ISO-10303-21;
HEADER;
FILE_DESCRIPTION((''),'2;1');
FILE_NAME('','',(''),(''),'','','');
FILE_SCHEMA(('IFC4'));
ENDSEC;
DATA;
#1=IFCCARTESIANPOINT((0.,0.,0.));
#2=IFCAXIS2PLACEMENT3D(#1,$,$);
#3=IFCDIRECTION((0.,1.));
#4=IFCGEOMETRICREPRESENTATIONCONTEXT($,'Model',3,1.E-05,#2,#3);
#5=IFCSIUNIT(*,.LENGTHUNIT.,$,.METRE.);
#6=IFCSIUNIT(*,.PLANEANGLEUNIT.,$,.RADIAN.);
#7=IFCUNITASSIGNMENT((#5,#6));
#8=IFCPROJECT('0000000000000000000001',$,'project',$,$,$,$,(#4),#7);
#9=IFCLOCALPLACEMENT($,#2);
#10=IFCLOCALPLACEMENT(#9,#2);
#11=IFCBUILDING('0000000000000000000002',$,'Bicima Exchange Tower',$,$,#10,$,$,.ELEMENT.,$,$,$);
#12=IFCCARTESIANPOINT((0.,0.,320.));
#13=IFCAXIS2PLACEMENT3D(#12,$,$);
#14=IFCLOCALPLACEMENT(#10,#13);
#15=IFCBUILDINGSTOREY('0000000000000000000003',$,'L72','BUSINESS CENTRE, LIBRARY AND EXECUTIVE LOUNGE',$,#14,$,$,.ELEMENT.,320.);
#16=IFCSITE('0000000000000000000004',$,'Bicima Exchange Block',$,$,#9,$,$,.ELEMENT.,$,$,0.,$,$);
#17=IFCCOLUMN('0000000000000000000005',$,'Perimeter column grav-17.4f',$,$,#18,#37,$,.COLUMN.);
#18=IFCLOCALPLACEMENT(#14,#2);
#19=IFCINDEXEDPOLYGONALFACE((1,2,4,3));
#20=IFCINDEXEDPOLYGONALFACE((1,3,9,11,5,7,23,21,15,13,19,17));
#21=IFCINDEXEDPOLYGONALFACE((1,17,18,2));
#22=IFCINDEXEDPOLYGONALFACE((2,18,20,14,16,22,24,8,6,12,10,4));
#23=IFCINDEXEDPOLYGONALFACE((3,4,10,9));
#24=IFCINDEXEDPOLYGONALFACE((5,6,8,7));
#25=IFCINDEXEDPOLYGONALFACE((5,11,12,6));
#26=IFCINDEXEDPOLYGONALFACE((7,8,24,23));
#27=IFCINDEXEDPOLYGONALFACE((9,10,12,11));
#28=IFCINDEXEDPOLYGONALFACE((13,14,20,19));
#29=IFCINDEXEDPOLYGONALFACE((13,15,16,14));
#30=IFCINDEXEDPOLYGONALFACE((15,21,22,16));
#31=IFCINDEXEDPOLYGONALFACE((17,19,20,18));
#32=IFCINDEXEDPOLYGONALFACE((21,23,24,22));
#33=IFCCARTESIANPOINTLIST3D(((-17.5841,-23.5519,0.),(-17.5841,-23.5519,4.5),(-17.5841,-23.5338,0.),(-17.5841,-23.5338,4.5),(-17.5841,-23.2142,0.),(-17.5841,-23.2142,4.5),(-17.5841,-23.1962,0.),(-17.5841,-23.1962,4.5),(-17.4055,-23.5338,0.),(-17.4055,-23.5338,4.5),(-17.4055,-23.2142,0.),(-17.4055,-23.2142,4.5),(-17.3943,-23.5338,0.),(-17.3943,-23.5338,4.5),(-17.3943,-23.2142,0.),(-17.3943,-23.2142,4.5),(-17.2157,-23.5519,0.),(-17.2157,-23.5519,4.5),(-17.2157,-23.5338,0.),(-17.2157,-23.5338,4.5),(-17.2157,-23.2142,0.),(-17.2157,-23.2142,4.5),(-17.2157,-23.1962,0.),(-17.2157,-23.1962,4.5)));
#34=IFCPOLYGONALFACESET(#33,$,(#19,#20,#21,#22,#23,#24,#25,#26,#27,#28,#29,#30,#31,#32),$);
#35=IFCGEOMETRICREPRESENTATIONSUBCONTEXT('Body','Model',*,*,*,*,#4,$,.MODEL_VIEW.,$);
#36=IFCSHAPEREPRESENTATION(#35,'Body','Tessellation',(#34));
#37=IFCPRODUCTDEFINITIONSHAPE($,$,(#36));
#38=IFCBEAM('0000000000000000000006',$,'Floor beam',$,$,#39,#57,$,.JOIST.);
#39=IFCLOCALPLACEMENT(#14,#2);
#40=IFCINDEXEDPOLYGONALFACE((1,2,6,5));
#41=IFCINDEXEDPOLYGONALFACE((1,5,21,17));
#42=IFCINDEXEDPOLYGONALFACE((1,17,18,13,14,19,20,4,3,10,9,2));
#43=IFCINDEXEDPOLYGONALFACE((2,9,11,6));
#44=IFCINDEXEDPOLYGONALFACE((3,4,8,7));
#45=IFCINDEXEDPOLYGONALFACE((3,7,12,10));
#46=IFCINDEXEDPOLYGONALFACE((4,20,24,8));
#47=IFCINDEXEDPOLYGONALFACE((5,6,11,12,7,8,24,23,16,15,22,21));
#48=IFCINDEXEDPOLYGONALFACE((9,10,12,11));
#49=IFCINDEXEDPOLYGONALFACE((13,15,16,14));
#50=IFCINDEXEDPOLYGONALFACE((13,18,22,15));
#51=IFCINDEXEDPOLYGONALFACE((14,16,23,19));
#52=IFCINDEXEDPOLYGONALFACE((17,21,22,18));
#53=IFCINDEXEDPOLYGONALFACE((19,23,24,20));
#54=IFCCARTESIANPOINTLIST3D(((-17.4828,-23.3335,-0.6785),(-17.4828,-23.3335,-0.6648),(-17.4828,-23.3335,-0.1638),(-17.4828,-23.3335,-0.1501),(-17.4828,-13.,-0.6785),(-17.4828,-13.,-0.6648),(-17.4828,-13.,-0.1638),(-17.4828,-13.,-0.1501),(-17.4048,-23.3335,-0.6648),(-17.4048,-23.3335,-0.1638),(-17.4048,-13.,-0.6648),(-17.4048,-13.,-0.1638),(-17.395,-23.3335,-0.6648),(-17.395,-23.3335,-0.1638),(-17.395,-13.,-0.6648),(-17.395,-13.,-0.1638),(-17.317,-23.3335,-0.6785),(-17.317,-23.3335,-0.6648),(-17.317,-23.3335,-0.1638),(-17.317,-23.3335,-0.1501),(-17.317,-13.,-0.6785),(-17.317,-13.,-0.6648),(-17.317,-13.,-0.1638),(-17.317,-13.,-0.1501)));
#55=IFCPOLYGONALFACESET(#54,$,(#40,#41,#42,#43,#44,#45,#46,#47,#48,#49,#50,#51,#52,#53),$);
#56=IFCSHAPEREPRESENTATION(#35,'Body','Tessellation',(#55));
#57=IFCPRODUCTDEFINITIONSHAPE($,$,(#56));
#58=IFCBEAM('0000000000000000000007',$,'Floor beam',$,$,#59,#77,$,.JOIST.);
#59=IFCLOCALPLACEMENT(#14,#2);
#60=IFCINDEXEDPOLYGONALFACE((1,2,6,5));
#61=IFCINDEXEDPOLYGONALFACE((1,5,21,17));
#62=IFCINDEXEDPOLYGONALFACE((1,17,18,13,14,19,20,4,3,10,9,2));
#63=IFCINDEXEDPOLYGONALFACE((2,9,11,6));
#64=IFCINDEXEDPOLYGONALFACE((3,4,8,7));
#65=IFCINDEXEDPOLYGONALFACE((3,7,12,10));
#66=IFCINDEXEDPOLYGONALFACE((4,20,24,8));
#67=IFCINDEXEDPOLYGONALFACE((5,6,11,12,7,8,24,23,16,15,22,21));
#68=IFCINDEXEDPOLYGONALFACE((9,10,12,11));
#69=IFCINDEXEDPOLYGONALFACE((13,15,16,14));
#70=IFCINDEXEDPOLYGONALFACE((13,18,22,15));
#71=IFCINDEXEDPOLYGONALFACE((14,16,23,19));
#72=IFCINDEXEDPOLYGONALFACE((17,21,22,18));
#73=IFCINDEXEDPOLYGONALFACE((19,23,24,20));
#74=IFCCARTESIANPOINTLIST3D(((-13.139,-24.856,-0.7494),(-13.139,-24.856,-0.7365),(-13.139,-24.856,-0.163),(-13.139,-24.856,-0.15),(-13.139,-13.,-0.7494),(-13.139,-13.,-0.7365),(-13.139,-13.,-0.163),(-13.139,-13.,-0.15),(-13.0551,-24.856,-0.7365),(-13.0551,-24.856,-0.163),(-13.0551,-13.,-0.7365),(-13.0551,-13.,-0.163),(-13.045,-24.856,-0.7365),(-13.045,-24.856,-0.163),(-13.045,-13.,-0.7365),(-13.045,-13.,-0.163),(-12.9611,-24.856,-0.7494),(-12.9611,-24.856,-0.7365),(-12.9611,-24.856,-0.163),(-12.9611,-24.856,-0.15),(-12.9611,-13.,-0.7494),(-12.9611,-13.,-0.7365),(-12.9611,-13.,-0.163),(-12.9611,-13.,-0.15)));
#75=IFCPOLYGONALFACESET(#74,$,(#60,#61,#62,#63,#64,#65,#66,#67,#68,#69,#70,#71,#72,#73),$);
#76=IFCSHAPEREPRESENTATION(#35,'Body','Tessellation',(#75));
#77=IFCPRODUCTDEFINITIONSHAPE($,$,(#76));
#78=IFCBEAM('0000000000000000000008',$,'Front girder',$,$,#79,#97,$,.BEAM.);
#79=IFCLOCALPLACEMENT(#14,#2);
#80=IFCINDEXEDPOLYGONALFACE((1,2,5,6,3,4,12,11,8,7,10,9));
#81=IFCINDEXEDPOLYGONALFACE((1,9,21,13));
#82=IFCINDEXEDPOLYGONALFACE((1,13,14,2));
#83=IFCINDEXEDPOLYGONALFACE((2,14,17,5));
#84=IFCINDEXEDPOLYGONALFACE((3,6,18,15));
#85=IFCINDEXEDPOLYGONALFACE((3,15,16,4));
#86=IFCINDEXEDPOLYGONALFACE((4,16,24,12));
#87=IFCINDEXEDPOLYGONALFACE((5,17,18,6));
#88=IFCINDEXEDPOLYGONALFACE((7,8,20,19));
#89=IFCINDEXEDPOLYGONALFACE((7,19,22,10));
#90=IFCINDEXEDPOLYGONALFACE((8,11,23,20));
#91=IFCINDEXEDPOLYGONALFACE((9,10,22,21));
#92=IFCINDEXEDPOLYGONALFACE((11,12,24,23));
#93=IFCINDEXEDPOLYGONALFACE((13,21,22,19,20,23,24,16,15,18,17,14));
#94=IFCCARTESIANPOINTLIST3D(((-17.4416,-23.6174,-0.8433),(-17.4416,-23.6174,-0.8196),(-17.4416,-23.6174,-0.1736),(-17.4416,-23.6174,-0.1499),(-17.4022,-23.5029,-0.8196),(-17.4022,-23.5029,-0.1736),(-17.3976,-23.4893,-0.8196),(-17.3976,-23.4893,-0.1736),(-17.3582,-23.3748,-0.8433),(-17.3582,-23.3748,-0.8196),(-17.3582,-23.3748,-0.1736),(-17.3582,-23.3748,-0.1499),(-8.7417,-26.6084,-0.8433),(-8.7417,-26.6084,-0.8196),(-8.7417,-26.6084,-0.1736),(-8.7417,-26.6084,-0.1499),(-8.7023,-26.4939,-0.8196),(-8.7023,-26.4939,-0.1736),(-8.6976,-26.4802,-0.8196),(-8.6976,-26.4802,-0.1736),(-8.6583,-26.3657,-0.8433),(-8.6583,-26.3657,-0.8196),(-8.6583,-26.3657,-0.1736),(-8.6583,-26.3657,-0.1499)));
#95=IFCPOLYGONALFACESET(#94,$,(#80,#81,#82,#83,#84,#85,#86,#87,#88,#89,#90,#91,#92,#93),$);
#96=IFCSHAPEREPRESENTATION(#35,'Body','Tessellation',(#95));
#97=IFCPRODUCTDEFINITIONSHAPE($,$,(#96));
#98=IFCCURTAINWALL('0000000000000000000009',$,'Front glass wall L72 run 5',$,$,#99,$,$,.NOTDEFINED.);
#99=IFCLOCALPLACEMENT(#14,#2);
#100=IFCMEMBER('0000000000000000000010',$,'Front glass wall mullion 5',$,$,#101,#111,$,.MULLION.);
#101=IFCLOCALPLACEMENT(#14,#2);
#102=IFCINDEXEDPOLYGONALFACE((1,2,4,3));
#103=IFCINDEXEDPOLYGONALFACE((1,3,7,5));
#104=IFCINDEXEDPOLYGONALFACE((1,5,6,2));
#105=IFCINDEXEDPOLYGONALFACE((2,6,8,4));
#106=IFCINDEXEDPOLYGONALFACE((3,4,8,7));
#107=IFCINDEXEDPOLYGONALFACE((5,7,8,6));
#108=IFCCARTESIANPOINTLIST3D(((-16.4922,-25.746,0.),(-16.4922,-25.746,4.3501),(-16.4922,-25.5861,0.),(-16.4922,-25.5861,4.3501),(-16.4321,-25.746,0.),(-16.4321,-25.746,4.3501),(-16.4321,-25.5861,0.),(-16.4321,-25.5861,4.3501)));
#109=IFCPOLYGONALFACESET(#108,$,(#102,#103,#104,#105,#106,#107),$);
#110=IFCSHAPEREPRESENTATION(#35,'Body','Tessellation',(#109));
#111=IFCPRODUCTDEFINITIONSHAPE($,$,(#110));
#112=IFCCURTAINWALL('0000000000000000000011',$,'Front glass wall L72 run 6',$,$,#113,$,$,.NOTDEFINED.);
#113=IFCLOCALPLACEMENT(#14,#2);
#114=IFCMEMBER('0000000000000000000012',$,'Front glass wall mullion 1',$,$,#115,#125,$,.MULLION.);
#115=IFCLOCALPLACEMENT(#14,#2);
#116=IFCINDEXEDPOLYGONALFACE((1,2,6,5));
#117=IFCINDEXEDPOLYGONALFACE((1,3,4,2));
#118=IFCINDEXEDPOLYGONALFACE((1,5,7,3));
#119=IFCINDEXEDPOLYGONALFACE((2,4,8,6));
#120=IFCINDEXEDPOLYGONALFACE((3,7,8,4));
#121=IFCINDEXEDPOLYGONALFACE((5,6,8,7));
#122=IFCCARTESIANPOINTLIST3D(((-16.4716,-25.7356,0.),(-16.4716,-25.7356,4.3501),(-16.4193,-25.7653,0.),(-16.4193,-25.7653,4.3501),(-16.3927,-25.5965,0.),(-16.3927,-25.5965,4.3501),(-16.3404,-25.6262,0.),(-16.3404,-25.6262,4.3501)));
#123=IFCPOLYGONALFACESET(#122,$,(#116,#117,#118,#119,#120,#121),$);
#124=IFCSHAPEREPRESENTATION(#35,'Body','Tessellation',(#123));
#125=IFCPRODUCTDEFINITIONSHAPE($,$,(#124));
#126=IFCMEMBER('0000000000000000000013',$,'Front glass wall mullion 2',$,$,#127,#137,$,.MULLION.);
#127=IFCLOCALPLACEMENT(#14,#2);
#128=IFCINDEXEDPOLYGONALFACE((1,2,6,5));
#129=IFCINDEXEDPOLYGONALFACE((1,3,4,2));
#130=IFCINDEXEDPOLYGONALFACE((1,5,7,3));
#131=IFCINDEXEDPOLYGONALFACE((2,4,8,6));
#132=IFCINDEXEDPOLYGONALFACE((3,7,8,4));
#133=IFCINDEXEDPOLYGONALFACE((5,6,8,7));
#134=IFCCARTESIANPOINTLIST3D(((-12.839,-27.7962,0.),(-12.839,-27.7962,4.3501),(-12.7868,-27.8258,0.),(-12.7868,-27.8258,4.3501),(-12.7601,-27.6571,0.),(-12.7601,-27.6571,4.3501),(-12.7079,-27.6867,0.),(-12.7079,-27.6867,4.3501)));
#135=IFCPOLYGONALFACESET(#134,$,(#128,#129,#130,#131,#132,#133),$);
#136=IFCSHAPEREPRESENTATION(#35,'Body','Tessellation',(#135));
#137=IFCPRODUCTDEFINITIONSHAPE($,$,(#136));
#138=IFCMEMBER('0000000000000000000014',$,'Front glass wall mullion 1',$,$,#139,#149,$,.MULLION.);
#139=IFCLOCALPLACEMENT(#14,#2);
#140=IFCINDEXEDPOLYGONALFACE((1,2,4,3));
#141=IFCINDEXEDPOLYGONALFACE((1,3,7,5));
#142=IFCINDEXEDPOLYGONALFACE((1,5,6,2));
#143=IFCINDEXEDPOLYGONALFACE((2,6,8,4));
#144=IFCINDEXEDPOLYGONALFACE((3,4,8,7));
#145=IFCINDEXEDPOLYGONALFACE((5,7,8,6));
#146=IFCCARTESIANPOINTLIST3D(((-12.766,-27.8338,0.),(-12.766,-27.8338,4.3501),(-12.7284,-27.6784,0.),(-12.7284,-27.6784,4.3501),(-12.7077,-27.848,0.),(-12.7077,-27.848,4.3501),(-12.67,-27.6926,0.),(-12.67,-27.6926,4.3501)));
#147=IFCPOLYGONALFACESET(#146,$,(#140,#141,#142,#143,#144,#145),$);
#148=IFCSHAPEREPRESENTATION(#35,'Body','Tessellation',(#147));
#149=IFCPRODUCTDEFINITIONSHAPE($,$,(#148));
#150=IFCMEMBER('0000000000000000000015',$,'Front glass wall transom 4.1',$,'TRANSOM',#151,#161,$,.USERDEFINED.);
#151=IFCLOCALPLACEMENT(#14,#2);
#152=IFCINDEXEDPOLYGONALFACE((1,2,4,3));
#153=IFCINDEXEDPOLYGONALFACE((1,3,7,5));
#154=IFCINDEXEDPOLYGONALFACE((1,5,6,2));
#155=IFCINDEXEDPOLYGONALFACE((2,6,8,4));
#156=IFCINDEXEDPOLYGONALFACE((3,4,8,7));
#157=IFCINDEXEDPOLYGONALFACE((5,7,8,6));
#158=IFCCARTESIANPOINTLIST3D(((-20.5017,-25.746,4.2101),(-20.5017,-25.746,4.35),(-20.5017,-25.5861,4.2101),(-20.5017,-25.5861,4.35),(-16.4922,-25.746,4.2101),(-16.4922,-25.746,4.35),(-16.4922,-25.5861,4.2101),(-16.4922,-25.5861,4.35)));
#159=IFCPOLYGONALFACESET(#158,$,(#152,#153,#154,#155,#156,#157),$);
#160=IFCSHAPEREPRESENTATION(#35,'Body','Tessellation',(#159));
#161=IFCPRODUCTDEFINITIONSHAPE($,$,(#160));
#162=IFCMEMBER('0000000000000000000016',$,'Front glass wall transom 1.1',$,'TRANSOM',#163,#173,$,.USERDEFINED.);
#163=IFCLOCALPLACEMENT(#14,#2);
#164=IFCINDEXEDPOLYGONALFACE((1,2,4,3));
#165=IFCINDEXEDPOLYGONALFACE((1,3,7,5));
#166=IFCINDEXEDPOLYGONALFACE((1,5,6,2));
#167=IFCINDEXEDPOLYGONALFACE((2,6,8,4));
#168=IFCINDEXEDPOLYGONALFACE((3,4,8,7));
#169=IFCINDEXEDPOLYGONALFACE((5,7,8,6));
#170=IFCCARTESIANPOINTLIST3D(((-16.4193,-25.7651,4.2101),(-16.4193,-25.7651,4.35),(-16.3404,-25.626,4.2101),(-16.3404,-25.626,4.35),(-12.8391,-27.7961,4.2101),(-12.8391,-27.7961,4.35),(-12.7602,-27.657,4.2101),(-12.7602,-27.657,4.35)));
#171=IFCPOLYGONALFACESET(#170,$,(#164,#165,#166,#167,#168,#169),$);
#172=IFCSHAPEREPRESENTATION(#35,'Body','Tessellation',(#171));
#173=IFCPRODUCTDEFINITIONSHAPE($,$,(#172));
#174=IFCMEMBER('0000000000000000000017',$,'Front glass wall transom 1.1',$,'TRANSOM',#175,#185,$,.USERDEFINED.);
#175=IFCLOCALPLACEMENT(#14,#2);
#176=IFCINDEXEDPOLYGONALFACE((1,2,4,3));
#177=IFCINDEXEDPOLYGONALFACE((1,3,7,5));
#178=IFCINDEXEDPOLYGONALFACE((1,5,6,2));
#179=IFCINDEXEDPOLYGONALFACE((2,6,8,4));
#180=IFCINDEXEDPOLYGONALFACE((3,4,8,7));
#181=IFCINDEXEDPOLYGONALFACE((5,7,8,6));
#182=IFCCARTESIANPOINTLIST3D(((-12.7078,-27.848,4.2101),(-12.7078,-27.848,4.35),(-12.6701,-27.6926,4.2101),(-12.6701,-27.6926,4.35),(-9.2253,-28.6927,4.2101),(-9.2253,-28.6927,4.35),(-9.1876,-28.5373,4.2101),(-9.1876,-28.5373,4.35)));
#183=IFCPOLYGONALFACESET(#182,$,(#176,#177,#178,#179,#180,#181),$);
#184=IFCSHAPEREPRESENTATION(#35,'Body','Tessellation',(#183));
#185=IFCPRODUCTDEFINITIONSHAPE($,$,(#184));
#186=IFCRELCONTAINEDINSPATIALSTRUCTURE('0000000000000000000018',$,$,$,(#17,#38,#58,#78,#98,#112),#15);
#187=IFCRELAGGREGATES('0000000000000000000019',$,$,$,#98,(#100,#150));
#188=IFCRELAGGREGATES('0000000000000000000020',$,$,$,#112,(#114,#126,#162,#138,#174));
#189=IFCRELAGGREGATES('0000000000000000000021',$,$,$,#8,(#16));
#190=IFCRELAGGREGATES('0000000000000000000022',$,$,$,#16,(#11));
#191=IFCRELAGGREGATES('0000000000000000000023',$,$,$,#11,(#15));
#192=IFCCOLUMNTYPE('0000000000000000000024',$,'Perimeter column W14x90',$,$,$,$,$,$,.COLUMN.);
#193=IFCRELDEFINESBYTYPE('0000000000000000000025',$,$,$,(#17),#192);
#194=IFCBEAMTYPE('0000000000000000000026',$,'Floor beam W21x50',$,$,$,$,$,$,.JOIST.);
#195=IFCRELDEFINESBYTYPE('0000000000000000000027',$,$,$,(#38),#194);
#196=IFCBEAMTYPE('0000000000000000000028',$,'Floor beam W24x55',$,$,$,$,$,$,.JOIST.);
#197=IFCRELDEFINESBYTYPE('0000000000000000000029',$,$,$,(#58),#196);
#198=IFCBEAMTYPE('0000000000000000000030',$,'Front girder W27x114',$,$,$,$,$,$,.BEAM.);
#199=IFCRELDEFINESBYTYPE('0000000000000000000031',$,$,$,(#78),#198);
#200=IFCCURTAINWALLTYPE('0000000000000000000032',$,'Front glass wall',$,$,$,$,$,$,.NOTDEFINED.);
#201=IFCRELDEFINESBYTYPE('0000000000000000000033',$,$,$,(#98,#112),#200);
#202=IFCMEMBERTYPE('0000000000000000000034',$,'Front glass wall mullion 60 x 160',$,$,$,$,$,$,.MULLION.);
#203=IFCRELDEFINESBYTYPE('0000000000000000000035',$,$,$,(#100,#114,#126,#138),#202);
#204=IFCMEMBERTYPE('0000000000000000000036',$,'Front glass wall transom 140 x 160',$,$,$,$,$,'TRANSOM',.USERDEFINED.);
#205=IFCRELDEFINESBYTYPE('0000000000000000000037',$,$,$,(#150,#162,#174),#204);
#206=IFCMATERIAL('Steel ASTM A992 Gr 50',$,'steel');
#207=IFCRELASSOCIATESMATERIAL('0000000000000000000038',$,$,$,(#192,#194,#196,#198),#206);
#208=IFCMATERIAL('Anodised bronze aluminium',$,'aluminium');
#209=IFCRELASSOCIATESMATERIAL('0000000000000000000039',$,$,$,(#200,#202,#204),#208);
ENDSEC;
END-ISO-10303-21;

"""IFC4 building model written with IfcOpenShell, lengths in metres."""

from ifc_helpers import new_model, si_unit, direction, frame, origin, origin_2d, place, context, subcontext, project, spatial, rectangle, i_section, extrude, material, material_profile, profile_set, type_object, element, aggregate, save


model = new_model("IFC4")

# Units and contexts
model_context = context("Model", 3, precision=1e-05, world=origin(), true_north=direction((0.0, 1.0)))
body_context = subcontext(model_context, "Body", "Model", "MODEL_VIEW")
ifc_project = project(units=[si_unit("LENGTHUNIT", "METRE"), si_unit("PLANEANGLEUNIT", "RADIAN")], contexts=[model_context])

# Site, building, storey
site_placement = place(None, origin())
site = spatial("IfcSite", under=ifc_project, at=site_placement, Name="Bicima Exchange Block", CompositionType="ELEMENT", RefElevation=0.0)
building_placement = place(site_placement, origin())
building = spatial("IfcBuilding", under=site, at=building_placement, Name="Bicima Exchange Tower", CompositionType="ELEMENT")
storey_placement = place(building_placement, frame((0.0, 0.0, 320.0)))
storey = spatial("IfcBuildingStorey", under=building, at=storey_placement, Name="L72", Description="BUSINESS CENTRE, LIBRARY AND EXECUTIVE LOUNGE", CompositionType="ELEMENT", Elevation=320.0)

# Column
ifc_material_1 = material(Name="Steel ASTM A992 Gr 50", Category="steel")
ifc_material_profile_1 = material_profile(ifc_material_1, i_section(OverallWidth=0.3684, OverallDepth=0.3557, WebThickness=0.0112, FlangeThickness=0.0181, at=origin_2d()))
ifc_profile_set_1 = profile_set([ifc_material_profile_1], Name="Steel ASTM A992 Gr 50")
column_type = type_object("IfcColumnType", Name="Perimeter column W14x90", PredefinedType="COLUMN", material=ifc_profile_set_1)
column_placement = place(storey_placement, frame((-17.3999, -23.374, 0.0), z_axis=(0.0, 0.0, 1.0), x_axis=(1.0, 0.0, 0.0)))
element("IfcColumn", 1, at=column_placement, inside=storey, type_object=column_type, Name="Perimeter column grav-17.4f", PredefinedType="COLUMN", context=body_context, shape_type="SweptSolid", body=[
    extrude(i_section(OverallWidth=0.3684, OverallDepth=0.3557, WebThickness=0.0112, FlangeThickness=0.0181, at=origin_2d()), origin(), (0.0, 0.0, 1.0), 4.5),
])

# Beams
ifc_material_profile_2 = material_profile(ifc_material_1, i_section(OverallWidth=0.1658, OverallDepth=0.5283, WebThickness=0.0098, FlangeThickness=0.0137, at=origin_2d()))
ifc_profile_set_2 = profile_set([ifc_material_profile_2], Name="Steel ASTM A992 Gr 50")
beam_type_1 = type_object("IfcBeamType", Name="Floor beam W21x50", PredefinedType="JOIST", material=ifc_profile_set_2)
beam_1_placement = place(storey_placement, frame((-17.3999, -13.0, -0.4143), z_axis=(0.0, -1.0, 0.0), x_axis=(1.0, 0.0, 0.0)))
element("IfcBeam", 2, at=beam_1_placement, inside=storey, type_object=beam_type_1, Name="Floor beam", PredefinedType="JOIST", context=body_context, shape_type="SweptSolid", body=[
    extrude(i_section(OverallWidth=0.1658, OverallDepth=0.5283, WebThickness=0.0098, FlangeThickness=0.0137, at=origin_2d()), origin(), (0.0, 0.0, 1.0), 10.3335),
])
ifc_material_profile_3 = material_profile(ifc_material_1, i_section(OverallWidth=0.178, OverallDepth=0.5994, WebThickness=0.01, FlangeThickness=0.0129, at=origin_2d()))
ifc_profile_set_3 = profile_set([ifc_material_profile_3], Name="Steel ASTM A992 Gr 50")
beam_type_2 = type_object("IfcBeamType", Name="Floor beam W24x55", PredefinedType="JOIST", material=ifc_profile_set_3)
beam_2_placement = place(storey_placement, frame((-13.05, -13.0, -0.4497), z_axis=(0.0, -1.0, 0.0), x_axis=(1.0, 0.0, 0.0)))
element("IfcBeam", 3, at=beam_2_placement, inside=storey, type_object=beam_type_2, Name="Floor beam", PredefinedType="JOIST", context=body_context, shape_type="SweptSolid", body=[
    extrude(i_section(OverallWidth=0.178, OverallDepth=0.5994, WebThickness=0.01, FlangeThickness=0.0129, at=origin_2d()), origin(), (0.0, 0.0, 1.0), 11.856),
])
ifc_material_profile_4 = material_profile(ifc_material_1, i_section(OverallWidth=0.2566, OverallDepth=0.6934, WebThickness=0.0144, FlangeThickness=0.0237, at=origin_2d()))
ifc_profile_set_4 = profile_set([ifc_material_profile_4], Name="Steel ASTM A992 Gr 50")
beam_type_3 = type_object("IfcBeamType", Name="Front girder W27x114", PredefinedType="BEAM", material=ifc_profile_set_4)
beam_3_placement = place(storey_placement, frame((-17.3999, -23.4961, -0.4966), z_axis=(0.945675, -0.325115, 0.0), x_axis=(0.325115, 0.945675, 0.0)))
element("IfcBeam", 4, at=beam_3_placement, inside=storey, type_object=beam_type_3, Name="Front girder", PredefinedType="BEAM", context=body_context, shape_type="SweptSolid", body=[
    extrude(i_section(OverallWidth=0.2566, OverallDepth=0.6934, WebThickness=0.0144, FlangeThickness=0.0237, at=origin_2d()), origin(), (0.0, 0.0, 1.0), 9.1997),
])

# Curtain wall, member
ifc_material_2 = material(Name="Anodised bronze aluminium", Category="aluminium")
curtain_wall_type = type_object("IfcCurtainWallType", Name="Front glass wall", PredefinedType="NOTDEFINED", material=ifc_material_2)
curtain_wall_1_placement = place(storey_placement, origin())
curtain_wall_1 = element("IfcCurtainWall", 5, at=curtain_wall_1_placement, inside=storey, type_object=curtain_wall_type, Name="Front glass wall L72 run 5", PredefinedType="NOTDEFINED")
ifc_material_profile_5 = material_profile(ifc_material_2, rectangle(XDim=0.1599, YDim=0.0601, at=origin_2d()))
ifc_profile_set_5 = profile_set([ifc_material_profile_5], Name="Anodised bronze aluminium")
member_type_1 = type_object("IfcMemberType", Name="Front glass wall mullion 60 x 160", PredefinedType="MULLION", material=ifc_profile_set_5)
member_1_placement = place(storey_placement, frame((-16.4622, -25.666, 0.0), z_axis=(0.0, 0.0, 1.0), x_axis=(0.0, 1.0, 0.0)))
member_1 = element("IfcMember", 6, at=member_1_placement, type_object=member_type_1, Name="Front glass wall mullion 5", PredefinedType="MULLION", context=body_context, shape_type="SweptSolid", body=[
    extrude(rectangle(XDim=0.1599, YDim=0.0601, at=origin_2d()), origin(), (0.0, 0.0, 1.0), 4.3501),
])

# Curtain wall, members
curtain_wall_2_placement = place(storey_placement, origin())
curtain_wall_2 = element("IfcCurtainWall", 7, at=curtain_wall_2_placement, inside=storey, type_object=curtain_wall_type, Name="Front glass wall L72 run 6", PredefinedType="NOTDEFINED")
member_2_placement = place(storey_placement, frame((-16.406, -25.6809, 0.0), z_axis=(0.0, 0.0, 1.0), x_axis=(0.493395, 0.869805, 0.0)))
member_2 = element("IfcMember", 8, at=member_2_placement, type_object=member_type_1, Name="Front glass wall mullion 1", PredefinedType="MULLION", context=body_context, shape_type="SweptSolid", body=[
    extrude(rectangle(XDim=0.1599, YDim=0.0601, at=origin_2d()), origin(), (0.0, 0.0, 1.0), 4.3501),
])
member_3_placement = place(storey_placement, frame((-12.7734, -27.7415, 0.0), z_axis=(0.0, 0.0, 1.0), x_axis=(0.493395, 0.869805, 0.0)))
member_3 = element("IfcMember", 9, at=member_3_placement, type_object=member_type_1, Name="Front glass wall mullion 2", PredefinedType="MULLION", context=body_context, shape_type="SweptSolid", body=[
    extrude(rectangle(XDim=0.1599, YDim=0.0601, at=origin_2d()), origin(), (0.0, 0.0, 1.0), 4.3501),
])
member_4_placement = place(storey_placement, frame((-12.718, -27.7632, 0.0), z_axis=(0.0, 0.0, 1.0), x_axis=(0.235682, 0.97183, 0.0)))
member_4 = element("IfcMember", 10, at=member_4_placement, type_object=member_type_1, Name="Front glass wall mullion 1", PredefinedType="MULLION", context=body_context, shape_type="SweptSolid", body=[
    extrude(rectangle(XDim=0.1599, YDim=0.0601, at=origin_2d()), origin(), (0.0, 0.0, 1.0), 4.3501),
])

# Members
ifc_material_profile_6 = material_profile(ifc_material_2, rectangle(XDim=0.1599, YDim=0.1399, at=origin_2d()))
ifc_profile_set_6 = profile_set([ifc_material_profile_6], Name="Anodised bronze aluminium")
member_type_2 = type_object("IfcMemberType", Name="Front glass wall transom 140 x 160", ElementType="TRANSOM", PredefinedType="USERDEFINED", material=ifc_profile_set_6)
member_5_placement = place(storey_placement, frame((-20.5017, -25.666, 4.28), z_axis=(1.0, 0.0, 0.0), x_axis=(0.0, 1.0, 0.0)))
member_5 = element("IfcMember", 11, at=member_5_placement, type_object=member_type_2, Name="Front glass wall transom 4.1", ObjectType="TRANSOM", PredefinedType="USERDEFINED", context=body_context, shape_type="SweptSolid", body=[
    extrude(rectangle(XDim=0.1599, YDim=0.1399, at=origin_2d()), origin(), (0.0, 0.0, 1.0), 4.0095),
])
member_6_placement = place(storey_placement, frame((-16.3799, -25.6956, 4.28), z_axis=(0.869797, -0.493409, 0.0), x_axis=(0.493409, 0.869797, 0.0)))
member_6 = element("IfcMember", 12, at=member_6_placement, type_object=member_type_2, Name="Front glass wall transom 1.1", ObjectType="TRANSOM", PredefinedType="USERDEFINED", context=body_context, shape_type="SweptSolid", body=[
    extrude(rectangle(XDim=0.1599, YDim=0.1399, at=origin_2d()), origin(), (0.0, 0.0, 1.0), 4.1162),
])
member_7_placement = place(storey_placement, frame((-12.689, -27.7703, 4.28), z_axis=(0.971818, -0.235733, 0.0), x_axis=(0.235733, 0.971818, 0.0)))
member_7 = element("IfcMember", 13, at=member_7_placement, type_object=member_type_2, Name="Front glass wall transom 1.1", ObjectType="TRANSOM", PredefinedType="USERDEFINED", context=body_context, shape_type="SweptSolid", body=[
    extrude(rectangle(XDim=0.1599, YDim=0.1399, at=origin_2d()), origin(), (0.0, 0.0, 1.0), 3.5835),
])

aggregate(curtain_wall_1, [member_1, member_5])
aggregate(curtain_wall_2, [member_2, member_3, member_6, member_4, member_7])

save(model, "model.ifc")
